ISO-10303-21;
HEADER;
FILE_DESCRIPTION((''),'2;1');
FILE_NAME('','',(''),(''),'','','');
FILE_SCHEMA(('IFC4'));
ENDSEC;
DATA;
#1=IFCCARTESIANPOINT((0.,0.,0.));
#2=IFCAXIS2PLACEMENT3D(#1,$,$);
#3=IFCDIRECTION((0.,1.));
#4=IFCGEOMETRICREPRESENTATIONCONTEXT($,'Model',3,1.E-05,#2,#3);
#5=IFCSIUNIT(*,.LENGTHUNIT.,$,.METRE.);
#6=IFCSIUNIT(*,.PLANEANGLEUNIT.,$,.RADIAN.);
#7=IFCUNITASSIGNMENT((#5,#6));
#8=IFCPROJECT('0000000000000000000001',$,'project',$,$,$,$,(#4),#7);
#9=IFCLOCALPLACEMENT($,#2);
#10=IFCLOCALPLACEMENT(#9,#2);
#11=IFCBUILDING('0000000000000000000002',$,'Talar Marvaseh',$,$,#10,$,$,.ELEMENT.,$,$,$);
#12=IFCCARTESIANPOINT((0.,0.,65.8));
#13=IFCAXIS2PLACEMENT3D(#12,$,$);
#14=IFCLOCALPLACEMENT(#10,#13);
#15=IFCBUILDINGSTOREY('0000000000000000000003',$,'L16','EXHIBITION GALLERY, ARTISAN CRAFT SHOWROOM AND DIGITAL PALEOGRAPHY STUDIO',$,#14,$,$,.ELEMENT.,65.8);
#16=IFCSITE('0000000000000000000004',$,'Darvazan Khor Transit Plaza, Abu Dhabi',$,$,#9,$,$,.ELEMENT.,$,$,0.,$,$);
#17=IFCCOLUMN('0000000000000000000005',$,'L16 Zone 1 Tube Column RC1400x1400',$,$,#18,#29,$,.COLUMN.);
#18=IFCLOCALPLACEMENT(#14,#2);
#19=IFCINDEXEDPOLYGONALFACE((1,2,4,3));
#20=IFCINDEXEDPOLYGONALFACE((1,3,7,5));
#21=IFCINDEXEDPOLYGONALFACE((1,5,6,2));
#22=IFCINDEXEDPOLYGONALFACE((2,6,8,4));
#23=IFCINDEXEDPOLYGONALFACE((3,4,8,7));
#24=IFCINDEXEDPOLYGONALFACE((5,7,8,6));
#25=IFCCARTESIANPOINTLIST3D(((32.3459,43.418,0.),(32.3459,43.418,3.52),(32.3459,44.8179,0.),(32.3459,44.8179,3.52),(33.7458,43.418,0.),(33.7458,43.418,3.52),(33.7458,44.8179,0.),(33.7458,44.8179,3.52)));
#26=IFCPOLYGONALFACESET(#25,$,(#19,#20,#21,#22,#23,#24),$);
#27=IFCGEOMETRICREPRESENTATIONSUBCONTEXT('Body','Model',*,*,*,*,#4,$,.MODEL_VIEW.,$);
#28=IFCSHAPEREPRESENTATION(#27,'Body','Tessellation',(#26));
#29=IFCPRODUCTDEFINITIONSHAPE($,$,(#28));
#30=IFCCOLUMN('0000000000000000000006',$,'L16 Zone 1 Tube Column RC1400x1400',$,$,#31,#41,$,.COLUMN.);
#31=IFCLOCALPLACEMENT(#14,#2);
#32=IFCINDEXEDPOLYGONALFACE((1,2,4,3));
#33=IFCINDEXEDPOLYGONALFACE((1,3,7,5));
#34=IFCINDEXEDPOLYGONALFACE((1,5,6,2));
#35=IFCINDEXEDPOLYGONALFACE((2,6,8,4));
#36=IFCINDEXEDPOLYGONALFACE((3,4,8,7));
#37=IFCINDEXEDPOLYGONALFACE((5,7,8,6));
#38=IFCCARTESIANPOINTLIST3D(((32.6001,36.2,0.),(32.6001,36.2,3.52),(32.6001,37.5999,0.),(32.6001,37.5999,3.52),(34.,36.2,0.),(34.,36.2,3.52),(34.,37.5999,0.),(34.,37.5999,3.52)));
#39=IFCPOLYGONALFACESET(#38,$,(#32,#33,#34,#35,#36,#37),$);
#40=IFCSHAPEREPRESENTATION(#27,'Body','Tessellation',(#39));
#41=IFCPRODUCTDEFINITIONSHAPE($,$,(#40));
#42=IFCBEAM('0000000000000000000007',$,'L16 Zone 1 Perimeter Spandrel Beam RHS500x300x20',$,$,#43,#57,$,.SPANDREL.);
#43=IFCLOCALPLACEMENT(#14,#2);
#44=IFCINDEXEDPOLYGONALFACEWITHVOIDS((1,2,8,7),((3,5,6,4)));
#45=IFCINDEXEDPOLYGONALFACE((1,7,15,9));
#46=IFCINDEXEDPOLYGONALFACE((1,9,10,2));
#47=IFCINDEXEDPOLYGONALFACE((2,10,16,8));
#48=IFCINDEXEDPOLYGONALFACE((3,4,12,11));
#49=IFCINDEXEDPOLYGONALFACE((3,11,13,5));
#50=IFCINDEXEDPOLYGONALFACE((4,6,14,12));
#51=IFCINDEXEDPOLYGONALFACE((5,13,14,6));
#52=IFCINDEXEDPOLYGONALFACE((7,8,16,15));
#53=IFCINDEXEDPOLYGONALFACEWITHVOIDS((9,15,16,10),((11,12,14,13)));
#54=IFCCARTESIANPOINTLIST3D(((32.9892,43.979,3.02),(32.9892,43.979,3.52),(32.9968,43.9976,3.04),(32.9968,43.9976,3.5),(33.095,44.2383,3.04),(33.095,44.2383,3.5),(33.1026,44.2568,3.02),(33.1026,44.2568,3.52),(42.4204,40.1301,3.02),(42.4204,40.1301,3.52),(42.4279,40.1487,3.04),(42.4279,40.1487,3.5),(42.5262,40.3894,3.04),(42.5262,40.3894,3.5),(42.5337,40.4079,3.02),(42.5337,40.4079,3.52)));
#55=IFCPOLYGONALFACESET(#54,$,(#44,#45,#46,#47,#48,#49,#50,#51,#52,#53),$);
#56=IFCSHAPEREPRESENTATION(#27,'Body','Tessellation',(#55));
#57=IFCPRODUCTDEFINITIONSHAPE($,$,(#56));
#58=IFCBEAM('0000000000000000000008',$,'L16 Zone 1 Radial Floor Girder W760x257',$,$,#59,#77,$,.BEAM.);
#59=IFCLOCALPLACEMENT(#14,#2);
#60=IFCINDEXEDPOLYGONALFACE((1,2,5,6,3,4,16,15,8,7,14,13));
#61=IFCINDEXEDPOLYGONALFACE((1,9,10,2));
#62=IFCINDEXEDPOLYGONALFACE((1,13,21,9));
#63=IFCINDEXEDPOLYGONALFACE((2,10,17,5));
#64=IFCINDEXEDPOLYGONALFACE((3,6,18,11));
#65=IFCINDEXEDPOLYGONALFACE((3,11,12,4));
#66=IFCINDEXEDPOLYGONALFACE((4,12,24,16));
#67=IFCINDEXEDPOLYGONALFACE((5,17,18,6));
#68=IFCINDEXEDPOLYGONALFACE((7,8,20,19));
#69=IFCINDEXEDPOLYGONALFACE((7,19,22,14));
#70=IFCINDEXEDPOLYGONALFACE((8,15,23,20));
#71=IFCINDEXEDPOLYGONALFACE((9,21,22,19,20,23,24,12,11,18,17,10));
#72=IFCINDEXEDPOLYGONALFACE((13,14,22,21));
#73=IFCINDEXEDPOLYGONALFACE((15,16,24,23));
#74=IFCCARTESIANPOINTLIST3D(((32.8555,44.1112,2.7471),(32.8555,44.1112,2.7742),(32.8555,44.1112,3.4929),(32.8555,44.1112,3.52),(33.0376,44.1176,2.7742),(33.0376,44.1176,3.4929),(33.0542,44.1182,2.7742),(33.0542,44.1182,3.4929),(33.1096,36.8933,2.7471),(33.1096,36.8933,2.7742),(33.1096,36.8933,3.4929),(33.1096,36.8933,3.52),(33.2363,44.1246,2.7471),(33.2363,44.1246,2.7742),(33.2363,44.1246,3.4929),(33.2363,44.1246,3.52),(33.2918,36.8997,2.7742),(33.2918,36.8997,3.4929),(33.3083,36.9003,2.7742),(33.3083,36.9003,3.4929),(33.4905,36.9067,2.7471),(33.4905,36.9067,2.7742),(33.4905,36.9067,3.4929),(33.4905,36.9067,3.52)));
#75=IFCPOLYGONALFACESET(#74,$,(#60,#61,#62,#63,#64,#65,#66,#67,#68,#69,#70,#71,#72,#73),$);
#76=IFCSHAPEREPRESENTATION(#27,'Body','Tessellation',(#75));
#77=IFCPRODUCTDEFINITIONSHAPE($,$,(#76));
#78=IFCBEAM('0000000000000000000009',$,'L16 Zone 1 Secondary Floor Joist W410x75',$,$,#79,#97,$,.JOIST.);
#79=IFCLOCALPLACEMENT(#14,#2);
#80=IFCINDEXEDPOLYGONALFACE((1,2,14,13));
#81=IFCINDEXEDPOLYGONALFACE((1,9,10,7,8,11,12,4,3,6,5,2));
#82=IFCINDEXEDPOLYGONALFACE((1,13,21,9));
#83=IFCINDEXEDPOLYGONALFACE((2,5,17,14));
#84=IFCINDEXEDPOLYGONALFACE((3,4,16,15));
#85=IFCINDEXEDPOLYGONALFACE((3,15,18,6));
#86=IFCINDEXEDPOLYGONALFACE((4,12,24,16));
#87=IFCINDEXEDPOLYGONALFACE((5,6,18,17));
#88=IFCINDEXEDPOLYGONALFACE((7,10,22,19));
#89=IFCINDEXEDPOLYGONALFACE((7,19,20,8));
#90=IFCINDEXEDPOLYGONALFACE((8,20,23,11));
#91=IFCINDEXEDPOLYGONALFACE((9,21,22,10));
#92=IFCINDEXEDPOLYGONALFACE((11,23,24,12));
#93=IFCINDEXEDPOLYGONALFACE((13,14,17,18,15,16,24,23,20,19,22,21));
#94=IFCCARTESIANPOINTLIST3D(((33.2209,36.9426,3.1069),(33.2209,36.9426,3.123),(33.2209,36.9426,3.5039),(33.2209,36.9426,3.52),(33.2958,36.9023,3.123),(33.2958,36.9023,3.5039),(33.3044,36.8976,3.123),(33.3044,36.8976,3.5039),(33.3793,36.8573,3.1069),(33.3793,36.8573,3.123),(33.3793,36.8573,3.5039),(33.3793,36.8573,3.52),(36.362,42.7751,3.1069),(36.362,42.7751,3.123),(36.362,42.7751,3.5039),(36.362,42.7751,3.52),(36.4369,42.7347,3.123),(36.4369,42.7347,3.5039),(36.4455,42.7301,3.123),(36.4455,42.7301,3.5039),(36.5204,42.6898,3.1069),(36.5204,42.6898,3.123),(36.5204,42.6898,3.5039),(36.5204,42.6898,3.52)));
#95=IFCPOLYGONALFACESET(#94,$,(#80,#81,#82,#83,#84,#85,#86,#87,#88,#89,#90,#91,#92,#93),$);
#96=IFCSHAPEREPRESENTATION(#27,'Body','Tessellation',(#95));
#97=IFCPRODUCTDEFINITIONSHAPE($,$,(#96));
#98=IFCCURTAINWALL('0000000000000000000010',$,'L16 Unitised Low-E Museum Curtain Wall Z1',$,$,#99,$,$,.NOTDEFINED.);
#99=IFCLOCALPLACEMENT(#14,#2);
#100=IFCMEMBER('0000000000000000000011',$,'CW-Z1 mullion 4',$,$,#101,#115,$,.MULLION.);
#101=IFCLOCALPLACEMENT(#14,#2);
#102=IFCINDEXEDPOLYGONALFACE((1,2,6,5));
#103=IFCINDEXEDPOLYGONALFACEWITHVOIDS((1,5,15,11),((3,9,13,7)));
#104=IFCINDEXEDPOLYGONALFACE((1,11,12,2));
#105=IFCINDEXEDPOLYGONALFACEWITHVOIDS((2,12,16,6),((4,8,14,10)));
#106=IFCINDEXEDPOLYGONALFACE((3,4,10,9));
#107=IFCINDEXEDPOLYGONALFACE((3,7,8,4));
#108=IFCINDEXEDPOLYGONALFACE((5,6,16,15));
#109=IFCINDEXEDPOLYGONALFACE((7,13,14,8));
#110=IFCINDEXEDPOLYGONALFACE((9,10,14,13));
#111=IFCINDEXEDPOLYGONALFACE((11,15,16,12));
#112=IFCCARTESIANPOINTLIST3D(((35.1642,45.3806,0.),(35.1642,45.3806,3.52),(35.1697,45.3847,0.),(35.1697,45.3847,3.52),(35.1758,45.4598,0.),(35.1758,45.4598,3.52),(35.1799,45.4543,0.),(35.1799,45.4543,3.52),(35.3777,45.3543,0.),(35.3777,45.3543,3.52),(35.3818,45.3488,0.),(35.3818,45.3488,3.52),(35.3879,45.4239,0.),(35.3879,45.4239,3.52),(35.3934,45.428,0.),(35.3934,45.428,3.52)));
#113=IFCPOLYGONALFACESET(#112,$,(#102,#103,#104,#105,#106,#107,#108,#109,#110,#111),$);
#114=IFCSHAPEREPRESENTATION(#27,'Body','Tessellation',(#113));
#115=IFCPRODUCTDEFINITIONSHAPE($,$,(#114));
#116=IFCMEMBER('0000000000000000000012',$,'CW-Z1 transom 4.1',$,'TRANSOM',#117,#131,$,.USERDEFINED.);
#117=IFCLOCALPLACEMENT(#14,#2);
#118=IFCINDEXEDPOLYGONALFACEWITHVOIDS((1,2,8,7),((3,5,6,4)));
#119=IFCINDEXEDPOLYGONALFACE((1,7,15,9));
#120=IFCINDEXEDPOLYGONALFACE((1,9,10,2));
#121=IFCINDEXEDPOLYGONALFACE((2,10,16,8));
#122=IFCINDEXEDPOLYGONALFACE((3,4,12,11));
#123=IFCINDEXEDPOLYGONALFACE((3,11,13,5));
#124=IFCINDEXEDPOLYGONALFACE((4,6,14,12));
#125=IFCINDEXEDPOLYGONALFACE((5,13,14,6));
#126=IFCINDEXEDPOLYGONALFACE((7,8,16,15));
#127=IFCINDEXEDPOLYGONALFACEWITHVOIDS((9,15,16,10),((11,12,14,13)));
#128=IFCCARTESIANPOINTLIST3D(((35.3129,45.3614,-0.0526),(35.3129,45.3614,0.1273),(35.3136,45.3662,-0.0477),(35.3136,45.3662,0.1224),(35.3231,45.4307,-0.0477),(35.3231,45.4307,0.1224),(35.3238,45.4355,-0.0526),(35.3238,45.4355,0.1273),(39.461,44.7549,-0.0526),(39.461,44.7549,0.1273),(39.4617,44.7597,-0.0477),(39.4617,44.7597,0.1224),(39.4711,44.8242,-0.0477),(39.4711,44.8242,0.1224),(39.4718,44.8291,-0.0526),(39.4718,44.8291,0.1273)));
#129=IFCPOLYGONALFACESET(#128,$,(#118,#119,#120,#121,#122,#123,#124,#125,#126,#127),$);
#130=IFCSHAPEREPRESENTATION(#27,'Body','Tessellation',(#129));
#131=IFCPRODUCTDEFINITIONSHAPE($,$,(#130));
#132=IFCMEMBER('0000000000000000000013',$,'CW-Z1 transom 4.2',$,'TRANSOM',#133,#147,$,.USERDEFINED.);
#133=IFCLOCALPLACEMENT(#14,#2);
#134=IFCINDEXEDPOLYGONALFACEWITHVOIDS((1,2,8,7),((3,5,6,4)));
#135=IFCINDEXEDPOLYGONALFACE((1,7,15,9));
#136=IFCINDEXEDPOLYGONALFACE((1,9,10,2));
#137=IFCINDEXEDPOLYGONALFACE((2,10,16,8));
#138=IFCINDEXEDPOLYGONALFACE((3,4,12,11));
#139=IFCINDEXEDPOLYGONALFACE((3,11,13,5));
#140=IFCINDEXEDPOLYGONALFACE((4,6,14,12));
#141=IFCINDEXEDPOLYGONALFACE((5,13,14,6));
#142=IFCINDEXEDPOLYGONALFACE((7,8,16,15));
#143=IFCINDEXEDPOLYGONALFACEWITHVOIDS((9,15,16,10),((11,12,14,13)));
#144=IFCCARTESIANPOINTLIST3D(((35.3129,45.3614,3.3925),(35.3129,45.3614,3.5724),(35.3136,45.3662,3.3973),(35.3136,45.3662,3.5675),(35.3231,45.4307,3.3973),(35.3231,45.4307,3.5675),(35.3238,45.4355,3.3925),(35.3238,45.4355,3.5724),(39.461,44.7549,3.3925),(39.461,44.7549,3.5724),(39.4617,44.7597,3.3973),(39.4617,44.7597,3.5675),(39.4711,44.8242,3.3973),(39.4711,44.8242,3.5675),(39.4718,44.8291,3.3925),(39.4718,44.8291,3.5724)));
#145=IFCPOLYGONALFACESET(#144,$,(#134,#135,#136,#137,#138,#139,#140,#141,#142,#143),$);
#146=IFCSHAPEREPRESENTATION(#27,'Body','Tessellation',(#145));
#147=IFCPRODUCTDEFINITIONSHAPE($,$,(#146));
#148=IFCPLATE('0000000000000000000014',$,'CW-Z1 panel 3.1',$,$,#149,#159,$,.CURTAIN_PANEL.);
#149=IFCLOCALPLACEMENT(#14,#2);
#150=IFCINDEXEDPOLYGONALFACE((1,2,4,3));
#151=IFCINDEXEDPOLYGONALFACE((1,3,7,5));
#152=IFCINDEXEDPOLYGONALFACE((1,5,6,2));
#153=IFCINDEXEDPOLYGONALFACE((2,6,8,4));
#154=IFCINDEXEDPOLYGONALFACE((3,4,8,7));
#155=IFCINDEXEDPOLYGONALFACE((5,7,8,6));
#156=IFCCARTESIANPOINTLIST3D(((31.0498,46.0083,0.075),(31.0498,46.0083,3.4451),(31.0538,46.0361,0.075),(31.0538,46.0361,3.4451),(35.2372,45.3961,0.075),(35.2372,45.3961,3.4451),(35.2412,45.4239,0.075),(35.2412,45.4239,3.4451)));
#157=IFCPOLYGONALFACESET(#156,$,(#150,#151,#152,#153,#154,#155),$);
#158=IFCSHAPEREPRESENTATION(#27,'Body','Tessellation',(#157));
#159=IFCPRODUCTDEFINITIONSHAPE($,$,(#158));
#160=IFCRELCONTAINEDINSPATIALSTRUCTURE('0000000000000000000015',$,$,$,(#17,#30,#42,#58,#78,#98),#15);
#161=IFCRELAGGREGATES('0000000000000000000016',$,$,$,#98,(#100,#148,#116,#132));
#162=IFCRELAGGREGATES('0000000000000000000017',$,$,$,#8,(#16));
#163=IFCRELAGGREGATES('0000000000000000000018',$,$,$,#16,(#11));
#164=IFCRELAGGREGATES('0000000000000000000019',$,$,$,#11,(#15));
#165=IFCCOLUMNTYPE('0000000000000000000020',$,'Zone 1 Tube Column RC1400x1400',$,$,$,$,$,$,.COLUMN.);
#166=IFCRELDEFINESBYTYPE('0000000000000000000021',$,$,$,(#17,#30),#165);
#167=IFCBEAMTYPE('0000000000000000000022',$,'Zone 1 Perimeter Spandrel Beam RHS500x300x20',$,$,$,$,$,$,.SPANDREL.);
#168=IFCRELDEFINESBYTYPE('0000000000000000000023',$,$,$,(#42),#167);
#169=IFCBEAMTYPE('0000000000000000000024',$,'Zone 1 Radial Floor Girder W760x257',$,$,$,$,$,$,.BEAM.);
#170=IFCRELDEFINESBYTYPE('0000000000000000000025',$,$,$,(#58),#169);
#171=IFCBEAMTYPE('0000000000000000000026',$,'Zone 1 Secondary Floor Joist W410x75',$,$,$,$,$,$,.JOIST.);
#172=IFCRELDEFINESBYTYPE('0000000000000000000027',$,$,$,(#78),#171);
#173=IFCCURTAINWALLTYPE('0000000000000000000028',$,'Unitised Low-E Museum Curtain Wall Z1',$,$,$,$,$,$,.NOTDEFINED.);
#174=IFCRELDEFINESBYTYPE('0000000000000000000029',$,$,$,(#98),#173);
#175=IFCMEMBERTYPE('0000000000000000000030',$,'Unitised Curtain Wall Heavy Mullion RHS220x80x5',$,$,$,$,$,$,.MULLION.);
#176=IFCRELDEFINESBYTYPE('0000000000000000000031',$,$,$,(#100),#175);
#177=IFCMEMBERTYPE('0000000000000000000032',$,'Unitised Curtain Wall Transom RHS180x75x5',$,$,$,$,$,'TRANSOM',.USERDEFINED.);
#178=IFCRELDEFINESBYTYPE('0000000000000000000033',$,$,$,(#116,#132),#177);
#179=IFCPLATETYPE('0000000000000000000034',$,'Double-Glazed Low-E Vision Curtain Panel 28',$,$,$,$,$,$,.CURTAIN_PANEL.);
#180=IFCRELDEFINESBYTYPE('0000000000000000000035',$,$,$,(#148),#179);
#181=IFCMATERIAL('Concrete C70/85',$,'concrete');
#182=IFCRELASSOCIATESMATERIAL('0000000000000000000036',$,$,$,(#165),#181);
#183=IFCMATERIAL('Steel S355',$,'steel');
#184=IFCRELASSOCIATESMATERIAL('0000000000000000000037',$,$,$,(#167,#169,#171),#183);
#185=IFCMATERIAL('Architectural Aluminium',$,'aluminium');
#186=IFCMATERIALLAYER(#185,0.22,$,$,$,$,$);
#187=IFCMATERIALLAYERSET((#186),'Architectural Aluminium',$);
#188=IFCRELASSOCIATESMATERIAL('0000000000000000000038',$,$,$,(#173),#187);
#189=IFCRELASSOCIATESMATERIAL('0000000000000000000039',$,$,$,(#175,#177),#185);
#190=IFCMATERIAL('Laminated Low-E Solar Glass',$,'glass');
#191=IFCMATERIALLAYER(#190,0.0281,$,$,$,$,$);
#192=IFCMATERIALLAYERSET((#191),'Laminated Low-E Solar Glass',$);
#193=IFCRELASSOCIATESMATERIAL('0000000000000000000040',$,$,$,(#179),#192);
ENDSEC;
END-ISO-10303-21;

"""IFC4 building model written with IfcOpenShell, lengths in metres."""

from ifc_helpers import new_model, si_unit, direction, frame, origin, origin_2d, place, context, subcontext, project, spatial, rectangle, hollow_rectangle, i_section, extrude, source, transform, mapped, material, layer, layer_set, material_profile, profile_set, type_object, type_shapes, element, aggregate, save


model = new_model("IFC4")

# Units and contexts
model_context = context("Model", 3, precision=1e-05, world=origin(), true_north=direction((0.0, 1.0)))
body_context = subcontext(model_context, "Body", "Model", "MODEL_VIEW")
ifc_project = project(units=[si_unit("LENGTHUNIT", "METRE"), si_unit("PLANEANGLEUNIT", "RADIAN")], contexts=[model_context])

# Site, building, storey
site_placement = place(None, origin())
site = spatial("IfcSite", under=ifc_project, at=site_placement, Name="Darvazan Khor Transit Plaza, Abu Dhabi", CompositionType="ELEMENT", RefElevation=0.0)
building_placement = place(site_placement, origin())
building = spatial("IfcBuilding", under=site, at=building_placement, Name="Talar Marvaseh", CompositionType="ELEMENT")
storey_placement = place(building_placement, frame((0.0, 0.0, 65.8)))
storey = spatial("IfcBuildingStorey", under=building, at=storey_placement, Name="L16", Description="EXHIBITION GALLERY, ARTISAN CRAFT SHOWROOM AND DIGITAL PALEOGRAPHY STUDIO", CompositionType="ELEMENT", Elevation=65.8)

# Columns
ifc_material_1 = material(Name="Concrete C70/85", Category="concrete")
ifc_material_profile_1 = material_profile(ifc_material_1, rectangle(XDim=1.3999, YDim=1.3999, at=origin_2d()), Name="RC1400x1400")
ifc_profile_set_1 = profile_set([ifc_material_profile_1], Name="Concrete C70/85")
column_type = type_object("IfcColumnType", Name="Zone 1 Tube Column RC1400x1400", PredefinedType="COLUMN", material=ifc_profile_set_1)
for number, where, z_axis, x_axis, name in (
    (1, (33.0459, 44.1179, 0.0), (0.0, 0.0, 1.0), (1.0, 0.0, 0.0), "L16 Zone 1 Tube Column RC1400x1400"),
    (2, (33.3, 36.8999, 0.0), (0.0, 0.0, 1.0), (1.0, 0.0, 0.0), "L16 Zone 1 Tube Column RC1400x1400"),
):
    element("IfcColumn", number, at=place(storey_placement, frame(where, z_axis=z_axis, x_axis=x_axis)), inside=storey, type_object=column_type, Name=name, PredefinedType="COLUMN", context=body_context, shape_type="SweptSolid", body=[
        extrude(rectangle(XDim=1.3999, YDim=1.3999, at=origin_2d()), origin(), (0.0, 0.0, 1.0), 3.52),
    ])

# Beams
ifc_material_2 = material(Name="Steel S355", Category="steel")
ifc_material_profile_2 = material_profile(ifc_material_2, hollow_rectangle(XDim=0.3, YDim=0.5, WallThickness=0.02, at=origin_2d()), Name="RHS500x300x20")
ifc_profile_set_2 = profile_set([ifc_material_profile_2], Name="Steel S355")
beam_type_1 = type_object("IfcBeamType", Name="Zone 1 Perimeter Spandrel Beam RHS500x300x20", PredefinedType="SPANDREL", material=ifc_profile_set_2)
beam_1_placement = place(storey_placement, frame((33.0459, 44.1179, 3.27), z_axis=(0.925867, -0.377849, 0.0), x_axis=(0.377849, 0.925867, 0.0)))
element("IfcBeam", 3, at=beam_1_placement, inside=storey, type_object=beam_type_1, Name="L16 Zone 1 Perimeter Spandrel Beam RHS500x300x20", PredefinedType="SPANDREL", context=body_context, shape_type="SweptSolid", body=[
    extrude(hollow_rectangle(XDim=0.3, YDim=0.5, WallThickness=0.02, at=origin_2d()), origin(), (0.0, 0.0, 1.0), 10.1863),
])
ifc_material_profile_3 = material_profile(ifc_material_2, i_section(OverallWidth=0.3811, OverallDepth=0.7729, WebThickness=0.0166, FlangeThickness=0.0271, at=origin_2d()), Name="W760x257")
ifc_profile_set_3 = profile_set([ifc_material_profile_3], Name="Steel S355")
beam_type_2 = type_object("IfcBeamType", Name="Zone 1 Radial Floor Girder W760x257", PredefinedType="BEAM", material=ifc_profile_set_3)
beam_2_placement = place(storey_placement, frame((33.0459, 44.1179, 3.1335), z_axis=(0.035189, -0.999381, 0.0), x_axis=(0.999381, 0.035189, 0.0)))
element("IfcBeam", 4, at=beam_2_placement, inside=storey, type_object=beam_type_2, Name="L16 Zone 1 Radial Floor Girder W760x257", PredefinedType="BEAM", context=body_context, shape_type="SweptSolid", body=[
    extrude(i_section(OverallWidth=0.3811, OverallDepth=0.7729, WebThickness=0.0166, FlangeThickness=0.0271, at=origin_2d()), origin(), (0.0, 0.0, 1.0), 7.2224),
])
ifc_material_profile_4 = material_profile(ifc_material_2, i_section(OverallWidth=0.1799, OverallDepth=0.4131, WebThickness=0.0098, FlangeThickness=0.0161, at=origin_2d()), Name="W410x75")
ifc_profile_set_4 = profile_set([ifc_material_profile_4], Name="Steel S355")
beam_type_3 = type_object("IfcBeamType", Name="Zone 1 Secondary Floor Joist W410x75", PredefinedType="JOIST", material=ifc_profile_set_4)
beam_3_placement = place(storey_placement, frame((36.4412, 42.7324, 3.3135), z_axis=(-0.474161, -0.880438, 0.0), x_axis=(0.880438, -0.474161, 0.0)))
element("IfcBeam", 5, at=beam_3_placement, inside=storey, type_object=beam_type_3, Name="L16 Zone 1 Secondary Floor Joist W410x75", PredefinedType="JOIST", context=body_context, shape_type="SweptSolid", body=[
    extrude(i_section(OverallWidth=0.1799, OverallDepth=0.4131, WebThickness=0.0098, FlangeThickness=0.0161, at=origin_2d()), origin(), (0.0, 0.0, 1.0), 6.6245),
])

# Curtain wall, members, plate
ifc_material_3 = material(Name="Architectural Aluminium", Category="aluminium")
ifc_layer_1 = layer(ifc_material_3, 0.22)
ifc_layer_set_1 = layer_set([ifc_layer_1], Name="Architectural Aluminium")
curtain_wall_type = type_object("IfcCurtainWallType", Name="Unitised Low-E Museum Curtain Wall Z1", PredefinedType="NOTDEFINED", material=ifc_layer_set_1)
curtain_wall_placement = place(storey_placement, origin())
curtain_wall = element("IfcCurtainWall", 6, at=curtain_wall_placement, inside=storey, type_object=curtain_wall_type, Name="L16 Unitised Low-E Museum Curtain Wall Z1", PredefinedType="NOTDEFINED")
ifc_material_profile_5 = material_profile(ifc_material_3, hollow_rectangle(XDim=0.0801, YDim=0.22, WallThickness=0.0049, at=origin_2d()), Name="RHS220x80x5")
ifc_profile_set_5 = profile_set([ifc_material_profile_5], Name="Architectural Aluminium")
member_type_1 = type_object("IfcMemberType", Name="Unitised Curtain Wall Heavy Mullion RHS220x80x5", PredefinedType="MULLION", material=ifc_profile_set_5)
shared_shape_1 = source(origin(), body_context, "Body", "SweptSolid", [
    extrude(hollow_rectangle(XDim=0.0801, YDim=0.22, WallThickness=0.0049, at=origin_2d()), origin(), (0.0, 0.0, 1.0), 3.52),
])
type_shapes(member_type_1, [shared_shape_1])
member_1_placement = place(storey_placement, frame((35.2788, 45.4043, 0.0), z_axis=(0.0, 0.0, 1.0), x_axis=(0.144664, 0.989481, 0.0)))
member_1 = element("IfcMember", 7, at=member_1_placement, type_object=member_type_1, Name="CW-Z1 mullion 4", PredefinedType="MULLION", context=body_context, shape_type="MappedRepresentation", body=[
    mapped(shared_shape_1, transform((0.0, 0.0, 0.0), x_axis=(1.0, 0.0, 0.0), y_axis=(0.0, 1.0, 0.0), z_axis=(0.0, 0.0, 1.0), scale=1.0)),
])
ifc_material_profile_6 = material_profile(ifc_material_3, hollow_rectangle(XDim=0.075, YDim=0.1799, WallThickness=0.0049, at=origin_2d()), Name="RHS180x75x5")
ifc_profile_set_6 = profile_set([ifc_material_profile_6], Name="Architectural Aluminium")
member_type_2 = type_object("IfcMemberType", Name="Unitised Curtain Wall Transom RHS180x75x5", ElementType="TRANSOM", PredefinedType="USERDEFINED", material=ifc_profile_set_6)
shared_shape_2 = source(origin(), body_context, "Body", "SweptSolid", [
    extrude(hollow_rectangle(XDim=0.075, YDim=0.1799, WallThickness=0.0049, at=origin_2d()), origin(), (0.0, 0.0, 1.0), 4.1921),
])
type_shapes(member_type_2, [shared_shape_2])
member_2_placement = place(storey_placement, frame((35.3184, 45.3984, 0.0374), z_axis=(0.989481, -0.144666, 0.0), x_axis=(0.144666, 0.989481, 0.0)))
member_2 = element("IfcMember", 8, at=member_2_placement, type_object=member_type_2, Name="CW-Z1 transom 4.1", ObjectType="TRANSOM", PredefinedType="USERDEFINED", context=body_context, shape_type="MappedRepresentation", body=[
    mapped(shared_shape_2, transform((0.0, 0.0, 0.0), x_axis=(1.0, 0.0, 0.0), y_axis=(0.0, 1.0, 0.0), z_axis=(0.0, 0.0, 1.0), scale=1.0)),
])
member_3_placement = place(storey_placement, frame((35.3184, 45.3984, 3.4824), z_axis=(0.989481, -0.144666, 0.0), x_axis=(0.144666, 0.989481, 0.0)))
member_3 = element("IfcMember", 9, at=member_3_placement, type_object=member_type_2, Name="CW-Z1 transom 4.2", ObjectType="TRANSOM", PredefinedType="USERDEFINED", context=body_context, shape_type="MappedRepresentation", body=[
    mapped(shared_shape_2, transform((0.0, 0.0, 0.0), x_axis=(1.0, 0.0, 0.0), y_axis=(0.0, 1.0, 0.0), z_axis=(0.0, 0.0, 1.0), scale=1.0)),
])
ifc_material_4 = material(Name="Laminated Low-E Solar Glass", Category="glass")
ifc_layer_2 = layer(ifc_material_4, 0.0281)
ifc_layer_set_2 = layer_set([ifc_layer_2], Name="Laminated Low-E Solar Glass")
plate_type = type_object("IfcPlateType", Name="Double-Glazed Low-E Vision Curtain Panel 28", PredefinedType="CURTAIN_PANEL", material=ifc_layer_set_2)
shared_shape_3 = source(origin(), body_context, "Body", "SweptSolid", [
    extrude(rectangle(XDim=4.2319, YDim=0.0281, at=origin_2d()), origin(), (0.0, 0.0, 1.0), 3.3701),
])
type_shapes(plate_type, [shared_shape_3])
plate_placement = place(storey_placement, frame((33.1455, 45.7161, 0.075), z_axis=(0.0, 0.0, 1.0), x_axis=(0.989481, -0.144664, 0.0)))
plate = element("IfcPlate", 10, at=plate_placement, type_object=plate_type, Name="CW-Z1 panel 3.1", PredefinedType="CURTAIN_PANEL", context=body_context, shape_type="MappedRepresentation", body=[
    mapped(shared_shape_3, transform((0.0, 0.0, 0.0), x_axis=(1.0, 0.0, 0.0), y_axis=(0.0, 1.0, 0.0), z_axis=(0.0, 0.0, 1.0), scale=1.0)),
])
aggregate(curtain_wall, [member_1, plate, member_2, member_3])

save(model, "model.ifc")
